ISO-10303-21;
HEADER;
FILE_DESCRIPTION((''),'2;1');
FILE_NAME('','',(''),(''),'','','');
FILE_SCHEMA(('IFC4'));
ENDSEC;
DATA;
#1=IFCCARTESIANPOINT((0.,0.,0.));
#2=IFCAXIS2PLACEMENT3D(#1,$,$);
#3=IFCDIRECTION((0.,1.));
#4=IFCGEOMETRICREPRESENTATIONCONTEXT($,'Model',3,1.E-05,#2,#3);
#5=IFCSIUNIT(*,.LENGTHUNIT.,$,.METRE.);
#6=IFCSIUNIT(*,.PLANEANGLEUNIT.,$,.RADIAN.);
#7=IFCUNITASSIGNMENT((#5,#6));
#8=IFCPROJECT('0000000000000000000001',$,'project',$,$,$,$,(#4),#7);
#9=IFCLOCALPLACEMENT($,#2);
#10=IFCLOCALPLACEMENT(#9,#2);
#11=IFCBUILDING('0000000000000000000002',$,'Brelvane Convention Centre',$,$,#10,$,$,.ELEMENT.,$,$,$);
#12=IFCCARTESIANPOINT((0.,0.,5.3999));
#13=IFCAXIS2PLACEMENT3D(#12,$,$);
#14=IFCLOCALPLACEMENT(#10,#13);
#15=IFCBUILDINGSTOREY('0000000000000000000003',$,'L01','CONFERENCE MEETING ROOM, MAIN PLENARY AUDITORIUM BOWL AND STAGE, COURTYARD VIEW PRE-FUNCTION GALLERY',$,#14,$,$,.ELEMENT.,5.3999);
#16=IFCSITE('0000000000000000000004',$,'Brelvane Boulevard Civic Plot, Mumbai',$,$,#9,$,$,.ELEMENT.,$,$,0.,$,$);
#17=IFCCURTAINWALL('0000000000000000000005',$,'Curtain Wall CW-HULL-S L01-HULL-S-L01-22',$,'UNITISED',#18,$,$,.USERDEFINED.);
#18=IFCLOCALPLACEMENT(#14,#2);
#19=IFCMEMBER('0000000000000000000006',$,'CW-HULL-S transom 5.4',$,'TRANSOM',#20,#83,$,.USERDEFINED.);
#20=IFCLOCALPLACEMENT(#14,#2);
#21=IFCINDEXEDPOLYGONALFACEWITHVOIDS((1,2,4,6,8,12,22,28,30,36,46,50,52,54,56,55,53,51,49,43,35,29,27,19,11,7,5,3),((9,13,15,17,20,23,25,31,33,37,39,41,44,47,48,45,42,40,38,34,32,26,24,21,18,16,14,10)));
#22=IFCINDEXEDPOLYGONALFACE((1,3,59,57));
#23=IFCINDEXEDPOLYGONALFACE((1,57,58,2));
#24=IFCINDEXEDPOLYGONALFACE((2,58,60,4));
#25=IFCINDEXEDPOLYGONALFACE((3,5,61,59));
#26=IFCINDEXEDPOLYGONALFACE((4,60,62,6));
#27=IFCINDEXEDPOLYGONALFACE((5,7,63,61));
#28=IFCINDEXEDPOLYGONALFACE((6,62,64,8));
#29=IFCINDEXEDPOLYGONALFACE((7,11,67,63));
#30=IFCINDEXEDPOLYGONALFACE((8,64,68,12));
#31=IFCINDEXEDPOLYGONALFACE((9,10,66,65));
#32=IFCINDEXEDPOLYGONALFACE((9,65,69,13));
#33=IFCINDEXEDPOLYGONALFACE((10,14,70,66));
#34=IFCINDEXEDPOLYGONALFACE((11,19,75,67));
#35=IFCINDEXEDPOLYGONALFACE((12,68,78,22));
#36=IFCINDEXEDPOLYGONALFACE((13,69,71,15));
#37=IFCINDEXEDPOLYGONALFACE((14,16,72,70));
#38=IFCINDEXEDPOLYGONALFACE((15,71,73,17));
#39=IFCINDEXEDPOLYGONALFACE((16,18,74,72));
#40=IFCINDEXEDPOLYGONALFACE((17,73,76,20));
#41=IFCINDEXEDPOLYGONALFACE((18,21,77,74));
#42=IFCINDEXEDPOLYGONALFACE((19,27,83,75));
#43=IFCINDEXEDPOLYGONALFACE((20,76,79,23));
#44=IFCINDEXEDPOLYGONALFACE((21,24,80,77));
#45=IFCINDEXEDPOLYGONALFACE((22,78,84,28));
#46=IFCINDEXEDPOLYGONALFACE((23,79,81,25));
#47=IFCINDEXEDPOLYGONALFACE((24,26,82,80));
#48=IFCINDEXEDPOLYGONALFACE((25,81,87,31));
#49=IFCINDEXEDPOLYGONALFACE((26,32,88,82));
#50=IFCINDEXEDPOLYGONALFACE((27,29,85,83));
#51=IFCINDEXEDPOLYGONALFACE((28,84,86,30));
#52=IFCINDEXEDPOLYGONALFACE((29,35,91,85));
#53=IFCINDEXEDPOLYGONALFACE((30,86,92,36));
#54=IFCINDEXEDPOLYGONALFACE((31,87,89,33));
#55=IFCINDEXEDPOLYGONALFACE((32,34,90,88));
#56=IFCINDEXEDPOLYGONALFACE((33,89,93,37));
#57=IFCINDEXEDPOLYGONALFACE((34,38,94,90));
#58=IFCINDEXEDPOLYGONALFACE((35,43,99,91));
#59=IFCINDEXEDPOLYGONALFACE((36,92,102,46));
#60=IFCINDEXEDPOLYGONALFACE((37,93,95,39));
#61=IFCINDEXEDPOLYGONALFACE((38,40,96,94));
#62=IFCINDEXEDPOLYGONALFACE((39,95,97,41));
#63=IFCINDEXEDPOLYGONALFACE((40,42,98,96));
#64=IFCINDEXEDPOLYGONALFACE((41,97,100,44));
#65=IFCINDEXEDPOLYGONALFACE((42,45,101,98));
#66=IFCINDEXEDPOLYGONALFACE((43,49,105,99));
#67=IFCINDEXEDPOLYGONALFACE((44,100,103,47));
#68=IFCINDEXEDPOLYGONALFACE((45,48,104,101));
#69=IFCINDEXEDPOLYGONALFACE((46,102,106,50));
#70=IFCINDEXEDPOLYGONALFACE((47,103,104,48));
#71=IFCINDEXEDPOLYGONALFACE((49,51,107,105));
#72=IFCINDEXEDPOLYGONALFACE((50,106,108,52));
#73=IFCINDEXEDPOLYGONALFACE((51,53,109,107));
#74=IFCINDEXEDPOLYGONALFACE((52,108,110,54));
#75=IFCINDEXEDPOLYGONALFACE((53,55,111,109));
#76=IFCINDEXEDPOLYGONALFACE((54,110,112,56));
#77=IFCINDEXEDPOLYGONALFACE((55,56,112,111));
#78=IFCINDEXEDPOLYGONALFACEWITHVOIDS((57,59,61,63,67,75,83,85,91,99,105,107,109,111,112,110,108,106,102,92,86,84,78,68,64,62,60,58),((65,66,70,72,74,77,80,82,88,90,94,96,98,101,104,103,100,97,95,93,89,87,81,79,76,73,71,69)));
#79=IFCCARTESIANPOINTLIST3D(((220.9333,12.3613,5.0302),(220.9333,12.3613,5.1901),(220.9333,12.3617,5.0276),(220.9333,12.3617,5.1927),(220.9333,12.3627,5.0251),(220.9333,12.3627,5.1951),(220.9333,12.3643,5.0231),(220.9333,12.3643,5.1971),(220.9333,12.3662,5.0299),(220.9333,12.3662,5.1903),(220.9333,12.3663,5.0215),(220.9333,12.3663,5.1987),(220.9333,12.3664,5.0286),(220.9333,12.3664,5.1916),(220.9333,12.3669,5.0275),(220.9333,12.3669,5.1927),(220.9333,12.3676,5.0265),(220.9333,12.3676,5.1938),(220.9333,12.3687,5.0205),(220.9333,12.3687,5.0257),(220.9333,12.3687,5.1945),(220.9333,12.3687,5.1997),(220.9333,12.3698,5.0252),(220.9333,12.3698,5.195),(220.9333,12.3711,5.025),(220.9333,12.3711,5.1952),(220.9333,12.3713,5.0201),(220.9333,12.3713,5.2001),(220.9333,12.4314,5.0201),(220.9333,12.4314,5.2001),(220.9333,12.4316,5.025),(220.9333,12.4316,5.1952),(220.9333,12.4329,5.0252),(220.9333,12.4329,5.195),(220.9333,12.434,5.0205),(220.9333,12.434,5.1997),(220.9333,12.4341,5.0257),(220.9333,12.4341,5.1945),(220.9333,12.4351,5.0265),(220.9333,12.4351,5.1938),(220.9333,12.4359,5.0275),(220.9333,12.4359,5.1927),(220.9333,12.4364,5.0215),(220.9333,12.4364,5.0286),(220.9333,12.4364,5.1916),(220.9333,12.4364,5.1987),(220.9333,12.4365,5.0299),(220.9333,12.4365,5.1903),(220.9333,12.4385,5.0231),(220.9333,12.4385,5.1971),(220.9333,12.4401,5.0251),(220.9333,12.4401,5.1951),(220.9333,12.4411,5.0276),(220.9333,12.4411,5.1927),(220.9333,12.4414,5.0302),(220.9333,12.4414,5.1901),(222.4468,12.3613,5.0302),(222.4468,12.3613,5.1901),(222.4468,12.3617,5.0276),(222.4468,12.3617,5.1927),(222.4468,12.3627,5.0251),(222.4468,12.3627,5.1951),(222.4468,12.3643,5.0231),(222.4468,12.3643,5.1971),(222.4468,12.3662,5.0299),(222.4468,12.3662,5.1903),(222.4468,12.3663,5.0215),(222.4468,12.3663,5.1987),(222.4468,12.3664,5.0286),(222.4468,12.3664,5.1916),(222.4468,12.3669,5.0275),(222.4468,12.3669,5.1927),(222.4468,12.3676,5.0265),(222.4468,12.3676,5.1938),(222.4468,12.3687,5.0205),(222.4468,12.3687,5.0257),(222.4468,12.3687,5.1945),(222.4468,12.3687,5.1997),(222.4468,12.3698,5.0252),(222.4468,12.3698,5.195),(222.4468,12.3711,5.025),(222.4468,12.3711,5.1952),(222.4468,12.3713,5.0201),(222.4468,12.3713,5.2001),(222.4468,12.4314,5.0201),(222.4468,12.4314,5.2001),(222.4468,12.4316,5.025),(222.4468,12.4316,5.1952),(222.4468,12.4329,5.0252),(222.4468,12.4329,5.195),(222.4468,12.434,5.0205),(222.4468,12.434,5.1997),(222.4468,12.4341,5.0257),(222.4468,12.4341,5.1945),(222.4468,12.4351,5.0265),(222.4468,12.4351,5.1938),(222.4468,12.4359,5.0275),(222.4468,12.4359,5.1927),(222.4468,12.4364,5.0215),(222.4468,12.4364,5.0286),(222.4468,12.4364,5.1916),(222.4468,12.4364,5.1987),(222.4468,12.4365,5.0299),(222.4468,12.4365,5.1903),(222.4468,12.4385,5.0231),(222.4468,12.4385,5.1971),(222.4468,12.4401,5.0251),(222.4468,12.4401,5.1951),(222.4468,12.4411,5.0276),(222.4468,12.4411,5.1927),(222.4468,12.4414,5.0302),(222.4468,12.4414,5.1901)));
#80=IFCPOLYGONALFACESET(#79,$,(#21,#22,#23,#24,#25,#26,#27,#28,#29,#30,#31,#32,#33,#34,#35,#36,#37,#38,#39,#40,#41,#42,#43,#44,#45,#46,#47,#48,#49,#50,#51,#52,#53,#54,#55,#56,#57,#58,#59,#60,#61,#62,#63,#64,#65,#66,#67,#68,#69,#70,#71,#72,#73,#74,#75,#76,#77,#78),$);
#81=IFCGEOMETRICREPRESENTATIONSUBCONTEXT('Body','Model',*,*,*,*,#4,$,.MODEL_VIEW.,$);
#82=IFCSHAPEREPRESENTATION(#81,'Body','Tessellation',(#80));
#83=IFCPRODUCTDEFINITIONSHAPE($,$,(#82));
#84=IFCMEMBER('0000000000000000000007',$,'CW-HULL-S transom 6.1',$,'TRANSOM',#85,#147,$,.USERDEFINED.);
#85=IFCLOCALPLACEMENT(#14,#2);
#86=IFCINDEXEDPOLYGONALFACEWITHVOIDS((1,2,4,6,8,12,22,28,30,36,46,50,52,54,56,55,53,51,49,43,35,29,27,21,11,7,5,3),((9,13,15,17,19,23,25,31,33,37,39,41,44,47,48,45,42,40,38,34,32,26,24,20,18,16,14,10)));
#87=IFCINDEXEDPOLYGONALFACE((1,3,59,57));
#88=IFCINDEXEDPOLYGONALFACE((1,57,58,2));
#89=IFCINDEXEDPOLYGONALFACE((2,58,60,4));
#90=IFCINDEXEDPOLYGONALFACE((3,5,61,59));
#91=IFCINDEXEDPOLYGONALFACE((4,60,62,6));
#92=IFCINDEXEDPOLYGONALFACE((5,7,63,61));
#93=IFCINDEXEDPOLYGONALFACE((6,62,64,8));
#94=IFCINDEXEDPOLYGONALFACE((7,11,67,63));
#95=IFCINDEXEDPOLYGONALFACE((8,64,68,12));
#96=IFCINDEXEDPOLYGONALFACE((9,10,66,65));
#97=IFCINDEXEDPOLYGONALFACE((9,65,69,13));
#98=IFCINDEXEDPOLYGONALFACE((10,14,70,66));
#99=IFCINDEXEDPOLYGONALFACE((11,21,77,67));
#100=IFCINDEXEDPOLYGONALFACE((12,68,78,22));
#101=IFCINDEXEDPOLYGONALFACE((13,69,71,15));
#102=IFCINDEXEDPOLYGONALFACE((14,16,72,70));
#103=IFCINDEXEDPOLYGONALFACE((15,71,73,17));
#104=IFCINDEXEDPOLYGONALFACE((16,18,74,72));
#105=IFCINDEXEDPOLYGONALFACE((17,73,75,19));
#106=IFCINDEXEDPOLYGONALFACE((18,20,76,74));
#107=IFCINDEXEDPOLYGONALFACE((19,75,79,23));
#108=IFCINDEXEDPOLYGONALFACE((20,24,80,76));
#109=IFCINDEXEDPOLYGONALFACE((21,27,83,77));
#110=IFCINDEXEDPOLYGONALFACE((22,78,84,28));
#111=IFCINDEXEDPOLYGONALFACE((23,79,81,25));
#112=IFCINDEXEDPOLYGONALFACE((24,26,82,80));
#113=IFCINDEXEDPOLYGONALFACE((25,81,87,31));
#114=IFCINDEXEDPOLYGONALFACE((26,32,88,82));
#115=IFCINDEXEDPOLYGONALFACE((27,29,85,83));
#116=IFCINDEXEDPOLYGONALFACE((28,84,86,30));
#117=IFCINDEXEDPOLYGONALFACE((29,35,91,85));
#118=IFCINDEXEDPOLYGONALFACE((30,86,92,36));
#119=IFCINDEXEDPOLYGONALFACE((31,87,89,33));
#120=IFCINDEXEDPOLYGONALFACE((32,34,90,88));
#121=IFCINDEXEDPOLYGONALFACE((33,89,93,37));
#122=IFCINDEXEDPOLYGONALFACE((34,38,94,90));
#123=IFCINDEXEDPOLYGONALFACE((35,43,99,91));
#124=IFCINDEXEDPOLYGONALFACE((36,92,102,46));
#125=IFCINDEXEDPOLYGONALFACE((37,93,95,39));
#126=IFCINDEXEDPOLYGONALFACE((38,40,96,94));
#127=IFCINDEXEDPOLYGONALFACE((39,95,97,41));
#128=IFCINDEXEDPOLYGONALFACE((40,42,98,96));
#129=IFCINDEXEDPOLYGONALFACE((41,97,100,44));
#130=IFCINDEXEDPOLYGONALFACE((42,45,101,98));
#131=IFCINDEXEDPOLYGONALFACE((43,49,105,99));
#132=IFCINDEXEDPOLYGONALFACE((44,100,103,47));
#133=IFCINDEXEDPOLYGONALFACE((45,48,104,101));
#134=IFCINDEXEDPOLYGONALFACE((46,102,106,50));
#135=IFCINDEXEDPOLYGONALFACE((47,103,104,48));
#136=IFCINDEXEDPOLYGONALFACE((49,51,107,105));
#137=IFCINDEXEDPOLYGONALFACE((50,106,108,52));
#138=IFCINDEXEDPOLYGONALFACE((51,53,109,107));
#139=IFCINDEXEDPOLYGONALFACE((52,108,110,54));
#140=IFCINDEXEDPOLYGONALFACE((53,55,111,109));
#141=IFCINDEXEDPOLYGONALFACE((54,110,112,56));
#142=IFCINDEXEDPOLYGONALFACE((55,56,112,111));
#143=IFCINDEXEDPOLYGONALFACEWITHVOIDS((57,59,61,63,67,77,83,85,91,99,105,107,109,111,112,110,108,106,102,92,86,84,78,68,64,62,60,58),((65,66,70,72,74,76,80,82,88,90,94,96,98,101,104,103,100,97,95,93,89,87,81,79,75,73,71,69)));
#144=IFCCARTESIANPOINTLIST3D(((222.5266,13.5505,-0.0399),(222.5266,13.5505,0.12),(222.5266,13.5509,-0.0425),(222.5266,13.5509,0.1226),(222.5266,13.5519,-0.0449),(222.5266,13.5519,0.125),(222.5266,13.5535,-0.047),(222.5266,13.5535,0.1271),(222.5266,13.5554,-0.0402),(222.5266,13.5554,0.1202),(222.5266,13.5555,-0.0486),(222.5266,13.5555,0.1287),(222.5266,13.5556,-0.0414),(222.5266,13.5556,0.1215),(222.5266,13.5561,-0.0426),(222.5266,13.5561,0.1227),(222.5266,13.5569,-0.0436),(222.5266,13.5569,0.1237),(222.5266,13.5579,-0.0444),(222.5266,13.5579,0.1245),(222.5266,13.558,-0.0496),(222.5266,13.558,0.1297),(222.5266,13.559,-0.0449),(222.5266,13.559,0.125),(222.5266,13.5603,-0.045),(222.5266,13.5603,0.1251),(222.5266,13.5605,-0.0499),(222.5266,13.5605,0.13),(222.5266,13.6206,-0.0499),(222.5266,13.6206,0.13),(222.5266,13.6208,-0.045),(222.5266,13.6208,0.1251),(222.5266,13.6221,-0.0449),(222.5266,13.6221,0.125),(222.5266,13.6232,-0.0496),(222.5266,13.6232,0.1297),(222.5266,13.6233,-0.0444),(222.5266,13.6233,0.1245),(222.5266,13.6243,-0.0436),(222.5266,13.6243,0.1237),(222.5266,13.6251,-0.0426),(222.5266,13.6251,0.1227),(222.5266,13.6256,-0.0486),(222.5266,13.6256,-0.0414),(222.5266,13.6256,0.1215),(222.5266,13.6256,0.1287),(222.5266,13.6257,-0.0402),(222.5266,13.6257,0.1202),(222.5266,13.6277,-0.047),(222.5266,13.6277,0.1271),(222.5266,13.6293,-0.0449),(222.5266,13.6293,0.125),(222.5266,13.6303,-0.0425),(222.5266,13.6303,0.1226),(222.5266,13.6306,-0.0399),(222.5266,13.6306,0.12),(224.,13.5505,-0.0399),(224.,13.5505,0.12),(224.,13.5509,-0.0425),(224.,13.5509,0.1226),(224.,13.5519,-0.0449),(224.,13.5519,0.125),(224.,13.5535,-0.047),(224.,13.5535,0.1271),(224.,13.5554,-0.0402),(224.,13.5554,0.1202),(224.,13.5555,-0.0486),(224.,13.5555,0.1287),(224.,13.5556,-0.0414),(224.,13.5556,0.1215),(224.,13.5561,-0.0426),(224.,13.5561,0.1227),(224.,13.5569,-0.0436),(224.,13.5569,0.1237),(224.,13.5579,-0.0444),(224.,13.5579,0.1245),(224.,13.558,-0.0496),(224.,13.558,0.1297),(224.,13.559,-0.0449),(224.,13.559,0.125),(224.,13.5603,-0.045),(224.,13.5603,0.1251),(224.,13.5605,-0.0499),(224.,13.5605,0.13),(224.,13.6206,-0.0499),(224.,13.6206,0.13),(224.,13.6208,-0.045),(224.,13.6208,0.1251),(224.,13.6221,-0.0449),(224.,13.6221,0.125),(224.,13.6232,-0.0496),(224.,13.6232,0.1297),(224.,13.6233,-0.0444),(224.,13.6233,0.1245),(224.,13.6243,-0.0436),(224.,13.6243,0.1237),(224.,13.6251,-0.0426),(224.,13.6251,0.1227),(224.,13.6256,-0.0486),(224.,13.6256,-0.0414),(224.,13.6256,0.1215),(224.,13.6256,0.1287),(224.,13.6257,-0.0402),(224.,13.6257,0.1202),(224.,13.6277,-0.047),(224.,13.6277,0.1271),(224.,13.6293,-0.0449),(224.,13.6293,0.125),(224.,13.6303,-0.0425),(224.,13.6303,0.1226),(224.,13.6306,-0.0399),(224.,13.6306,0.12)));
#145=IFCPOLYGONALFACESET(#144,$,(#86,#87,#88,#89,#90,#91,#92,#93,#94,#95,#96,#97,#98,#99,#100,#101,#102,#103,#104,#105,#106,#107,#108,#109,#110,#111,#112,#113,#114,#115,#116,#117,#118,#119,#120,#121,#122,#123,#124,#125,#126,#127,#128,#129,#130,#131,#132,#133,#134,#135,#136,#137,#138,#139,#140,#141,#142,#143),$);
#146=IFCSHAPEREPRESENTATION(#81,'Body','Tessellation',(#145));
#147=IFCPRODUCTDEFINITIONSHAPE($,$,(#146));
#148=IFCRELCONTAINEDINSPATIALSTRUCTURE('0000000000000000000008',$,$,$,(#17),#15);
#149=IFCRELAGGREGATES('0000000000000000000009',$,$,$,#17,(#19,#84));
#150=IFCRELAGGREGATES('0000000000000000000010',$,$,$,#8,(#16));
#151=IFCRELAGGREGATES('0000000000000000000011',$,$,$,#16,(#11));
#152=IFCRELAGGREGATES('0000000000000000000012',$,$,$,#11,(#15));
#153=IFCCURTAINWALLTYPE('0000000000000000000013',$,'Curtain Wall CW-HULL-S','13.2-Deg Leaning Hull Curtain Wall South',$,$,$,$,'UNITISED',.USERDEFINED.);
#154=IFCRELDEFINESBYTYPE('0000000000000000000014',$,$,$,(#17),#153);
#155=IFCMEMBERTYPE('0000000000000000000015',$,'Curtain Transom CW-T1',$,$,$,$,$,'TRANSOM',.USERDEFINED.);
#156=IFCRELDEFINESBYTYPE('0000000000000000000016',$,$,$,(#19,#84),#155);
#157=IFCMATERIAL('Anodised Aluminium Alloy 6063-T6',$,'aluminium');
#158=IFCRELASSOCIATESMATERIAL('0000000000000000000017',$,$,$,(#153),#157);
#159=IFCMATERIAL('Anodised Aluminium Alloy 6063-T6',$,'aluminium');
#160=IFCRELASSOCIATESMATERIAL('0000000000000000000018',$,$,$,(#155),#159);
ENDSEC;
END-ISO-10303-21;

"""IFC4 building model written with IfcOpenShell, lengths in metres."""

from ifc_helpers import new_model, si_unit, direction, frame, origin, origin_2d, place, context, subcontext, project, spatial, hollow_rectangle, extrude, material, material_profile, profile_set, type_object, element, aggregate, save


model = new_model("IFC4")

# Units and contexts
model_context = context("Model", 3, precision=1e-05, world=origin(), true_north=direction((0.0, 1.0)))
body_context = subcontext(model_context, "Body", "Model", "MODEL_VIEW")
ifc_project = project(units=[si_unit("LENGTHUNIT", "METRE"), si_unit("PLANEANGLEUNIT", "RADIAN")], contexts=[model_context])

# Site, building, storey
site_placement = place(None, origin())
site = spatial("IfcSite", under=ifc_project, at=site_placement, Name="Brelvane Boulevard Civic Plot, Mumbai", CompositionType="ELEMENT", RefElevation=0.0)
building_placement = place(site_placement, origin())
building = spatial("IfcBuilding", under=site, at=building_placement, Name="Brelvane Convention Centre", CompositionType="ELEMENT")
storey_placement = place(building_placement, frame((0.0, 0.0, 5.3999)))
storey = spatial("IfcBuildingStorey", under=building, at=storey_placement, Name="L01", Description="CONFERENCE MEETING ROOM, MAIN PLENARY AUDITORIUM BOWL AND STAGE, COURTYARD VIEW PRE-FUNCTION GALLERY", CompositionType="ELEMENT", Elevation=5.3999)

# Curtain wall
ifc_material_1 = material(Name="Anodised Aluminium Alloy 6063-T6", Category="aluminium")
curtain_wall_type_1 = type_object("IfcCurtainWallType", Name="Curtain Wall CW-HULL-S", Description="13.2-Deg Leaning Hull Curtain Wall South", ElementType="UNITISED", PredefinedType="USERDEFINED", material=ifc_material_1)
curtain_wall_1_placement = place(storey_placement, origin())
curtain_wall_1 = element("IfcCurtainWall", 1, at=curtain_wall_1_placement, inside=storey, type_object=curtain_wall_type_1, Name="Curtain Wall CW-HULL-S L01-HULL-S-L01-22", ObjectType="UNITISED", PredefinedType="USERDEFINED")

# Members
ifc_material_2 = material(Name="Anodised Aluminium Alloy 6063-T6", Category="aluminium")
ifc_material_profile_1 = material_profile(ifc_material_2, hollow_rectangle(XDim=0.0801, YDim=0.1799, WallThickness=0.0049, InnerFilletRadius=0.0049, OuterFilletRadius=0.01, at=origin_2d()), Name="ALU-T 180x80x5.0")
ifc_profile_set_1 = profile_set([ifc_material_profile_1], Name="Anodised Aluminium Alloy 6063-T6")
member_type_1 = type_object("IfcMemberType", Name="Curtain Transom CW-T1", ElementType="TRANSOM", PredefinedType="USERDEFINED", material=ifc_profile_set_1)
member_1_placement = place(storey_placement, frame((220.9333, 12.4014, 5.1101), z_axis=(1.0, 0.0, 0.0), x_axis=(0.0, 1.0, 0.0)))
member_1 = element("IfcMember", 2, at=member_1_placement, type_object=member_type_1, Name="CW-HULL-S transom 5.4", ObjectType="TRANSOM", PredefinedType="USERDEFINED", context=body_context, shape_type="SweptSolid", body=[
    extrude(hollow_rectangle(XDim=0.0801, YDim=0.1799, WallThickness=0.0049, InnerFilletRadius=0.0049, OuterFilletRadius=0.01, at=origin_2d()), origin(), (0.0, 0.0, 1.0), 1.5134),
])
member_2_placement = place(storey_placement, frame((222.5266, 13.5906, 0.04), z_axis=(1.0, 0.0, 0.0), x_axis=(0.0, 1.0, 0.0)))
member_2 = element("IfcMember", 3, at=member_2_placement, type_object=member_type_1, Name="CW-HULL-S transom 6.1", ObjectType="TRANSOM", PredefinedType="USERDEFINED", context=body_context, shape_type="SweptSolid", body=[
    extrude(hollow_rectangle(XDim=0.0801, YDim=0.1799, WallThickness=0.0049, InnerFilletRadius=0.0049, OuterFilletRadius=0.01, at=origin_2d()), origin(), (0.0, 0.0, 1.0), 1.4734),
])

aggregate(curtain_wall_1, [member_1, member_2])

save(model, "model.ifc")
